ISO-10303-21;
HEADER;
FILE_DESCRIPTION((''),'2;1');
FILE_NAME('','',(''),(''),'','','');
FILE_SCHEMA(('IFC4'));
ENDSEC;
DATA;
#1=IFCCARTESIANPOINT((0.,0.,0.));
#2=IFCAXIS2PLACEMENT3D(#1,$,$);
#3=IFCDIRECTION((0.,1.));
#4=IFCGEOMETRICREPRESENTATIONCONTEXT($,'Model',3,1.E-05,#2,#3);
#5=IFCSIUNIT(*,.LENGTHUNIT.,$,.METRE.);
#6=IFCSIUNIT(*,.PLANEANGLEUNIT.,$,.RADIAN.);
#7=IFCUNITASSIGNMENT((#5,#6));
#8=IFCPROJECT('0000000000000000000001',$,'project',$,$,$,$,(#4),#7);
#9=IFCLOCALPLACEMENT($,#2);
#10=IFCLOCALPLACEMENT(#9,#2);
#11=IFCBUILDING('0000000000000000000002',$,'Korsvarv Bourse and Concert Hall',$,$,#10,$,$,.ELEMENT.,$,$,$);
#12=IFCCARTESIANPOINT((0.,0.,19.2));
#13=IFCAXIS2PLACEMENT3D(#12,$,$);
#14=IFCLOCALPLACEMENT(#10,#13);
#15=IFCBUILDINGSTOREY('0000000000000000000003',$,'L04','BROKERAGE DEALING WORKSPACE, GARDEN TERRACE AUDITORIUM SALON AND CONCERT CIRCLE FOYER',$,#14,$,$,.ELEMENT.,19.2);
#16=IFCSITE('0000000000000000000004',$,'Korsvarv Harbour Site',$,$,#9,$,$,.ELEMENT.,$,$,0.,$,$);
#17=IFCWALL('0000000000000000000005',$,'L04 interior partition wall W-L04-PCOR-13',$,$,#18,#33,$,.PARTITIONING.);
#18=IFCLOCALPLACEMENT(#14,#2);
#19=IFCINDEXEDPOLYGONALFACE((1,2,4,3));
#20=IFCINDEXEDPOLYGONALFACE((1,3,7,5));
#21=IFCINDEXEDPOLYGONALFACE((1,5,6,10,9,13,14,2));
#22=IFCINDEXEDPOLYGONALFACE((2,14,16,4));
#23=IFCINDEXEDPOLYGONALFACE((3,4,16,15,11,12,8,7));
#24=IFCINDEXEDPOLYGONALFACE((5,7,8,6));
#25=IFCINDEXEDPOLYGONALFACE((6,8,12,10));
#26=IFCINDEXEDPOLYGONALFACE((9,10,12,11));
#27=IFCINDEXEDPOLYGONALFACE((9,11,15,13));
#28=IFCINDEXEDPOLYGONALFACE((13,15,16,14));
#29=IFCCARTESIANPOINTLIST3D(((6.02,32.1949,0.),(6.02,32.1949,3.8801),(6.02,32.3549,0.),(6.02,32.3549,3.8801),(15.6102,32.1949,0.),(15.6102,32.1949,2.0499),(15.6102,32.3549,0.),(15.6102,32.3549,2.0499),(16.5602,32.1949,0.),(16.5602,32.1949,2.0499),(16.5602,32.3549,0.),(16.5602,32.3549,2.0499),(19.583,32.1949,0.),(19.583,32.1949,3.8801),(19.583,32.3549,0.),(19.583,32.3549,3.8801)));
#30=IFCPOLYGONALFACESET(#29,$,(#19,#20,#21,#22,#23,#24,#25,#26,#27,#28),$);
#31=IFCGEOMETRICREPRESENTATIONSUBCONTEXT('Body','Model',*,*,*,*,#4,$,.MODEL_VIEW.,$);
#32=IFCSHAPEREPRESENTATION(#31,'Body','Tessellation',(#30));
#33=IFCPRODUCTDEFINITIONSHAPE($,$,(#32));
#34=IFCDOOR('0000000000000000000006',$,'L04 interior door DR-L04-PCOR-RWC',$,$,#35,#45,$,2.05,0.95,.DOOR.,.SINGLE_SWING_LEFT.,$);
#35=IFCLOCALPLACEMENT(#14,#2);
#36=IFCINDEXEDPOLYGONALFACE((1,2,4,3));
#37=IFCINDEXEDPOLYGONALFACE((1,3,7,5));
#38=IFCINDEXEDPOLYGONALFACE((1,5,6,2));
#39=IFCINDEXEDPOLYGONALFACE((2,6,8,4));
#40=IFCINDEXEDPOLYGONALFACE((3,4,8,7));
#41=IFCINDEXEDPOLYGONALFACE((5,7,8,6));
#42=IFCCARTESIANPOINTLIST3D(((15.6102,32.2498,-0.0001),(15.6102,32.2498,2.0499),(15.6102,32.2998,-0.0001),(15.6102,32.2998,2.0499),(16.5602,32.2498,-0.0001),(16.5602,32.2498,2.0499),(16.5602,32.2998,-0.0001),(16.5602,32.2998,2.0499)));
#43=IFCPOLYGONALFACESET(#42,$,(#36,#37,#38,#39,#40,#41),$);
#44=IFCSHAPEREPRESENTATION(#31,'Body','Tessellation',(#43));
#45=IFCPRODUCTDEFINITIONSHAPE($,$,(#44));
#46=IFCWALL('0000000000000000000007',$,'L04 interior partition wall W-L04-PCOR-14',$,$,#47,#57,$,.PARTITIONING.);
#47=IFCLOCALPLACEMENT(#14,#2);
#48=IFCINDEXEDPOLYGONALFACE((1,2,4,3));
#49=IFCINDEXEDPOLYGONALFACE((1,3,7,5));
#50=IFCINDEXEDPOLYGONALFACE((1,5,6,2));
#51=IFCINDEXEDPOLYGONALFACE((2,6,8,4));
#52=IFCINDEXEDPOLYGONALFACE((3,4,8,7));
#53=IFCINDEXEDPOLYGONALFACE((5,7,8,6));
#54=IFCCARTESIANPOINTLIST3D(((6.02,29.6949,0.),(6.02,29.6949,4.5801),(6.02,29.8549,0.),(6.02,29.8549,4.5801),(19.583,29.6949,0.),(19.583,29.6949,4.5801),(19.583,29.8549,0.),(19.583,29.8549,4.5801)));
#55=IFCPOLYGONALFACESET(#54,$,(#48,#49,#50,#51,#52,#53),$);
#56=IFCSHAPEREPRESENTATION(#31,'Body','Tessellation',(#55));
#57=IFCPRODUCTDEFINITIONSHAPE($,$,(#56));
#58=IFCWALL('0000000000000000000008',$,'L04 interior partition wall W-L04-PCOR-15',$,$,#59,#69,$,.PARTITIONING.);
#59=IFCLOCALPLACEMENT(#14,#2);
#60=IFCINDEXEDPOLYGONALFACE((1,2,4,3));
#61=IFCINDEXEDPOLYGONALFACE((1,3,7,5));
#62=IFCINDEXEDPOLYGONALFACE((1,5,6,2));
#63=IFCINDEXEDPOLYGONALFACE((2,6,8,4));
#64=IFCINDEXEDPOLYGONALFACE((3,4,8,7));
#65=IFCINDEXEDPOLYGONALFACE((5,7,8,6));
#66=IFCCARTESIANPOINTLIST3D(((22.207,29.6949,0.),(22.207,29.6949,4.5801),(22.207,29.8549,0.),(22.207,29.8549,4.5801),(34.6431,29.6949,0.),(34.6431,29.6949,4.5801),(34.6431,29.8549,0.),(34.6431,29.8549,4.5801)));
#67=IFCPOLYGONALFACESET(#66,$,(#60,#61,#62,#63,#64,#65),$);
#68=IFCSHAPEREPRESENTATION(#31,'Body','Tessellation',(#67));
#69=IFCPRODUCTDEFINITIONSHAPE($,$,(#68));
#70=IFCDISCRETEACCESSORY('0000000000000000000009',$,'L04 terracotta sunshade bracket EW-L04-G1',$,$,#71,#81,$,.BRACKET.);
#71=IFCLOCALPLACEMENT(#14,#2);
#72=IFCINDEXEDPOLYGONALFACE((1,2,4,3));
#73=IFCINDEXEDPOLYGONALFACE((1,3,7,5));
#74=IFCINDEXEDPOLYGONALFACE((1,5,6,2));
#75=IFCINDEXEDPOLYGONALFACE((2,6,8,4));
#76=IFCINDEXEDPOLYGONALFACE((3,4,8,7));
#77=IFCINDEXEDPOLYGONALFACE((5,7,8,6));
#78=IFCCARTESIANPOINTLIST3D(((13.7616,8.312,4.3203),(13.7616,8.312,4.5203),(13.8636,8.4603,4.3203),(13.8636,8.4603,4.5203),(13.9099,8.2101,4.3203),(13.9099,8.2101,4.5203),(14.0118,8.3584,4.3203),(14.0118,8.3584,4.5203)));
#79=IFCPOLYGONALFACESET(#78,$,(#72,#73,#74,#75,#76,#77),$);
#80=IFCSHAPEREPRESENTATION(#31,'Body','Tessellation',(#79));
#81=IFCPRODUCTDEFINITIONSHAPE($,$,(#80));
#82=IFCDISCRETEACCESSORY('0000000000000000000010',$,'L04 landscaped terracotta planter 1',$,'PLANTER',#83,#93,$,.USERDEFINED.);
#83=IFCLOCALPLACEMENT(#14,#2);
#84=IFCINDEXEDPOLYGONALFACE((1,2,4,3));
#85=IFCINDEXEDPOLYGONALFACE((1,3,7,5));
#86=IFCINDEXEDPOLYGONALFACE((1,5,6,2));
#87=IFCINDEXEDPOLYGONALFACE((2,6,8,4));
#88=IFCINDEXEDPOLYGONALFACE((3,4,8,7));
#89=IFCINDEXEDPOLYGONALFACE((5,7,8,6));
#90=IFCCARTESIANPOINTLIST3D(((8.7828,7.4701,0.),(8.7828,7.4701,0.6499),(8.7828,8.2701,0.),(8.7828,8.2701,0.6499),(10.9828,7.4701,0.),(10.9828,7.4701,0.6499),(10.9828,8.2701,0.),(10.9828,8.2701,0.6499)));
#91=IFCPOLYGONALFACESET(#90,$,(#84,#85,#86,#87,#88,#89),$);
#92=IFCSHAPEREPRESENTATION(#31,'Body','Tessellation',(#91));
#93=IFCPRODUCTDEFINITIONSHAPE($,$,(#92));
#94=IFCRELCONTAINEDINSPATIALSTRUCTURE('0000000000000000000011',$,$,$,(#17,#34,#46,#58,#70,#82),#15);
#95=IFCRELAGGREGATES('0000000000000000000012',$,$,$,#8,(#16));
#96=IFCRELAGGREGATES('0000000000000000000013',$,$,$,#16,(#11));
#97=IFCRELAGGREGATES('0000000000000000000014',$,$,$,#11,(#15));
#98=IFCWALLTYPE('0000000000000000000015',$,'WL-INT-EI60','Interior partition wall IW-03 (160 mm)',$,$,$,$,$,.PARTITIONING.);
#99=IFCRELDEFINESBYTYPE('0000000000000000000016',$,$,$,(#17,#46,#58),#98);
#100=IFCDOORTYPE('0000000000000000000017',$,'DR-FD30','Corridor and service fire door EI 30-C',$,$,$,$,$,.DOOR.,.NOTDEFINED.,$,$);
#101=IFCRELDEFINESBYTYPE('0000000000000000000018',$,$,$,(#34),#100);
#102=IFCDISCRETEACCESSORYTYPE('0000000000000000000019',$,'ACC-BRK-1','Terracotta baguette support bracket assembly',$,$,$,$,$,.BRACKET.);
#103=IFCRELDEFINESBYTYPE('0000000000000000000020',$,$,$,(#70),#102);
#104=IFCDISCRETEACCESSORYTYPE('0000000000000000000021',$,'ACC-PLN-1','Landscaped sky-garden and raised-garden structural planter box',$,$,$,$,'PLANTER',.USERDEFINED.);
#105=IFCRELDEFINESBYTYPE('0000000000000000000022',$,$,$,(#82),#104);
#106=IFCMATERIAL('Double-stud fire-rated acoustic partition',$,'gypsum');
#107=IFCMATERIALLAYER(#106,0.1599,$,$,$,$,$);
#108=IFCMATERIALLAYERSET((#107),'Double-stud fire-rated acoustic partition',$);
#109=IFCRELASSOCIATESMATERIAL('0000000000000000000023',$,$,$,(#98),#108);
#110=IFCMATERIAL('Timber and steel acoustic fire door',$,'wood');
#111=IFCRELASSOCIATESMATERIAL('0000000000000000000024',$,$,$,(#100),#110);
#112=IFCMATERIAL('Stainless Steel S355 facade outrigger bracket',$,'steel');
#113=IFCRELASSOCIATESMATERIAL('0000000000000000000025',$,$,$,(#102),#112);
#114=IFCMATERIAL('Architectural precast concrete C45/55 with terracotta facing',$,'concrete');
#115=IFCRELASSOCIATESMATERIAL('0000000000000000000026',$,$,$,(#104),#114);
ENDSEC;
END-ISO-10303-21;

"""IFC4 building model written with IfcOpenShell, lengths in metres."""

from ifc_helpers import new_model, si_unit, direction, frame, frame_2d, origin, origin_2d, place, context, subcontext, project, spatial, rectangle, extrude, source, transform, mapped, material, layer, layer_set, type_object, element, fill, save


model = new_model("IFC4")

# Units and contexts
model_context = context("Model", 3, precision=1e-05, world=origin(), true_north=direction((0.0, 1.0)))
body_context = subcontext(model_context, "Body", "Model", "MODEL_VIEW")
ifc_project = project(units=[si_unit("LENGTHUNIT", "METRE"), si_unit("PLANEANGLEUNIT", "RADIAN")], contexts=[model_context])

# Site, building, storey
site_placement = place(None, origin())
site = spatial("IfcSite", under=ifc_project, at=site_placement, Name="Korsvarv Harbour Site", CompositionType="ELEMENT", RefElevation=0.0)
building_placement = place(site_placement, origin())
building = spatial("IfcBuilding", under=site, at=building_placement, Name="Korsvarv Bourse and Concert Hall", CompositionType="ELEMENT")
storey_placement = place(building_placement, frame((0.0, 0.0, 19.2)))
storey = spatial("IfcBuildingStorey", under=building, at=storey_placement, Name="L04", Description="BROKERAGE DEALING WORKSPACE, GARDEN TERRACE AUDITORIUM SALON AND CONCERT CIRCLE FOYER", CompositionType="ELEMENT", Elevation=19.2)

# Shared definitions
ifc_material_1 = material(Name="Double-stud fire-rated acoustic partition", Category="gypsum")
ifc_layer_1 = layer(ifc_material_1, 0.1599)
ifc_layer_set_1 = layer_set([ifc_layer_1], Name="Double-stud fire-rated acoustic partition")
wall_type = type_object("IfcWallType", Name="WL-INT-EI60", Description="Interior partition wall IW-03 (160 mm)", PredefinedType="PARTITIONING", material=ifc_layer_set_1)
ifc_material_2 = material(Name="Timber and steel acoustic fire door", Category="wood")
door_type = type_object("IfcDoorType", Name="DR-FD30", Description="Corridor and service fire door EI 30-C", OperationType="NOTDEFINED", PredefinedType="DOOR", material=ifc_material_2)

# Wall, opening, door
wall_1_placement = place(storey_placement, frame((6.02, 32.2749, 0.0), z_axis=(0.0, 0.0, 1.0), x_axis=(1.0, 0.0, 0.0)))
wall_1 = element("IfcWall", 1, at=wall_1_placement, inside=storey, type_object=wall_type, Name="L04 interior partition wall W-L04-PCOR-13", PredefinedType="PARTITIONING", context=body_context, shape_type="SweptSolid", body=[
    extrude(rectangle(XDim=13.563, YDim=0.1599, at=frame_2d((6.7815, 0.0))), origin(), (0.0, 0.0, 1.0), 3.8801),
])
opening_1_placement = place(wall_1_placement, frame((9.5901, 0.0, 0.0)))
opening_1 = element("IfcOpeningElement", 2, at=opening_1_placement, cuts=wall_1, PredefinedType="OPENING", context=body_context, shape_type="SweptSolid", body=[
    extrude(rectangle(XDim=0.95, YDim=2.05, at=frame_2d((0.4751, 1.0249))), frame((0.0, 0.0898, 0.0), z_axis=(0.0, -1.0, 0.0), x_axis=(1.0, 0.0, 0.0)), (0.0, 0.0, 1.0), 0.1799),
])
door_1_placement = place(opening_1_placement, origin())
door_1 = element("IfcDoor", 3, at=door_1_placement, inside=storey, type_object=door_type, Name="L04 interior door DR-L04-PCOR-RWC", OperationType="SINGLE_SWING_LEFT", OverallHeight=2.05, OverallWidth=0.95, PredefinedType="DOOR", context=body_context, shape_type="SweptSolid", body=[
    extrude(rectangle(XDim=0.95, YDim=2.05, at=frame_2d((0.4751, 1.0249))), frame((0.0, 0.0249, 0.0), z_axis=(0.0, -1.0, 0.0), x_axis=(1.0, 0.0, 0.0)), (0.0, 0.0, 1.0), 0.05),
])
fill(opening_1, door_1)

# Walls
wall_2_placement = place(storey_placement, frame((6.02, 29.7749, 0.0), z_axis=(0.0, 0.0, 1.0), x_axis=(1.0, 0.0, 0.0)))
element("IfcWall", 4, at=wall_2_placement, inside=storey, type_object=wall_type, Name="L04 interior partition wall W-L04-PCOR-14", PredefinedType="PARTITIONING", context=body_context, shape_type="SweptSolid", body=[
    extrude(rectangle(XDim=13.563, YDim=0.1599, at=frame_2d((6.7815, 0.0))), origin(), (0.0, 0.0, 1.0), 4.5801),
])
wall_3_placement = place(storey_placement, frame((22.207, 29.7749, 0.0), z_axis=(0.0, 0.0, 1.0), x_axis=(1.0, 0.0, 0.0)))
element("IfcWall", 5, at=wall_3_placement, inside=storey, type_object=wall_type, Name="L04 interior partition wall W-L04-PCOR-15", PredefinedType="PARTITIONING", context=body_context, shape_type="SweptSolid", body=[
    extrude(rectangle(XDim=12.436, YDim=0.1599, at=frame_2d((6.218, 0.0))), origin(), (0.0, 0.0, 1.0), 4.5801),
])

# Discrete accessories
ifc_material_3 = material(Name="Stainless Steel S355 facade outrigger bracket", Category="steel")
discrete_accessory_type_1 = type_object("IfcDiscreteAccessoryType", Name="ACC-BRK-1", Description="Terracotta baguette support bracket assembly", PredefinedType="BRACKET", material=ifc_material_3)
shared_shape_1 = source(origin(), body_context, "Body", "SweptSolid", [
    extrude(rectangle(XDim=0.1799, YDim=0.1799, at=origin_2d()), origin(), (0.0, 0.0, 1.0), 0.2),
])
discrete_accessory_1_placement = place(storey_placement, frame((13.8867, 8.3352, 4.3203), z_axis=(0.0, 0.0, 1.0), x_axis=(0.824027, -0.56655, 0.0)))
element("IfcDiscreteAccessory", 6, at=discrete_accessory_1_placement, inside=storey, type_object=discrete_accessory_type_1, Name="L04 terracotta sunshade bracket EW-L04-G1", PredefinedType="BRACKET", context=body_context, shape_type="MappedRepresentation", body=[
    mapped(shared_shape_1, transform((0.0, 0.0, 0.0), scale=1.0)),
])
ifc_material_4 = material(Name="Architectural precast concrete C45/55 with terracotta facing", Category="concrete")
discrete_accessory_type_2 = type_object("IfcDiscreteAccessoryType", Name="ACC-PLN-1", Description="Landscaped sky-garden and raised-garden structural planter box", ElementType="PLANTER", PredefinedType="USERDEFINED", material=ifc_material_4)
shared_shape_2 = source(origin(), body_context, "Body", "SweptSolid", [
    extrude(rectangle(XDim=2.2, YDim=0.8, at=origin_2d()), origin(), (0.0, 0.0, 1.0), 0.6499),
])
discrete_accessory_2_placement = place(storey_placement, frame((9.8828, 7.8701, 0.0), z_axis=(0.0, 0.0, 1.0), x_axis=(1.0, 0.0, 0.0)))
element("IfcDiscreteAccessory", 7, at=discrete_accessory_2_placement, inside=storey, type_object=discrete_accessory_type_2, Name="L04 landscaped terracotta planter 1", ObjectType="PLANTER", PredefinedType="USERDEFINED", context=body_context, shape_type="MappedRepresentation", body=[
    mapped(shared_shape_2, transform((0.0, 0.0, 0.0), scale=1.0)),
])

save(model, "model.ifc")
